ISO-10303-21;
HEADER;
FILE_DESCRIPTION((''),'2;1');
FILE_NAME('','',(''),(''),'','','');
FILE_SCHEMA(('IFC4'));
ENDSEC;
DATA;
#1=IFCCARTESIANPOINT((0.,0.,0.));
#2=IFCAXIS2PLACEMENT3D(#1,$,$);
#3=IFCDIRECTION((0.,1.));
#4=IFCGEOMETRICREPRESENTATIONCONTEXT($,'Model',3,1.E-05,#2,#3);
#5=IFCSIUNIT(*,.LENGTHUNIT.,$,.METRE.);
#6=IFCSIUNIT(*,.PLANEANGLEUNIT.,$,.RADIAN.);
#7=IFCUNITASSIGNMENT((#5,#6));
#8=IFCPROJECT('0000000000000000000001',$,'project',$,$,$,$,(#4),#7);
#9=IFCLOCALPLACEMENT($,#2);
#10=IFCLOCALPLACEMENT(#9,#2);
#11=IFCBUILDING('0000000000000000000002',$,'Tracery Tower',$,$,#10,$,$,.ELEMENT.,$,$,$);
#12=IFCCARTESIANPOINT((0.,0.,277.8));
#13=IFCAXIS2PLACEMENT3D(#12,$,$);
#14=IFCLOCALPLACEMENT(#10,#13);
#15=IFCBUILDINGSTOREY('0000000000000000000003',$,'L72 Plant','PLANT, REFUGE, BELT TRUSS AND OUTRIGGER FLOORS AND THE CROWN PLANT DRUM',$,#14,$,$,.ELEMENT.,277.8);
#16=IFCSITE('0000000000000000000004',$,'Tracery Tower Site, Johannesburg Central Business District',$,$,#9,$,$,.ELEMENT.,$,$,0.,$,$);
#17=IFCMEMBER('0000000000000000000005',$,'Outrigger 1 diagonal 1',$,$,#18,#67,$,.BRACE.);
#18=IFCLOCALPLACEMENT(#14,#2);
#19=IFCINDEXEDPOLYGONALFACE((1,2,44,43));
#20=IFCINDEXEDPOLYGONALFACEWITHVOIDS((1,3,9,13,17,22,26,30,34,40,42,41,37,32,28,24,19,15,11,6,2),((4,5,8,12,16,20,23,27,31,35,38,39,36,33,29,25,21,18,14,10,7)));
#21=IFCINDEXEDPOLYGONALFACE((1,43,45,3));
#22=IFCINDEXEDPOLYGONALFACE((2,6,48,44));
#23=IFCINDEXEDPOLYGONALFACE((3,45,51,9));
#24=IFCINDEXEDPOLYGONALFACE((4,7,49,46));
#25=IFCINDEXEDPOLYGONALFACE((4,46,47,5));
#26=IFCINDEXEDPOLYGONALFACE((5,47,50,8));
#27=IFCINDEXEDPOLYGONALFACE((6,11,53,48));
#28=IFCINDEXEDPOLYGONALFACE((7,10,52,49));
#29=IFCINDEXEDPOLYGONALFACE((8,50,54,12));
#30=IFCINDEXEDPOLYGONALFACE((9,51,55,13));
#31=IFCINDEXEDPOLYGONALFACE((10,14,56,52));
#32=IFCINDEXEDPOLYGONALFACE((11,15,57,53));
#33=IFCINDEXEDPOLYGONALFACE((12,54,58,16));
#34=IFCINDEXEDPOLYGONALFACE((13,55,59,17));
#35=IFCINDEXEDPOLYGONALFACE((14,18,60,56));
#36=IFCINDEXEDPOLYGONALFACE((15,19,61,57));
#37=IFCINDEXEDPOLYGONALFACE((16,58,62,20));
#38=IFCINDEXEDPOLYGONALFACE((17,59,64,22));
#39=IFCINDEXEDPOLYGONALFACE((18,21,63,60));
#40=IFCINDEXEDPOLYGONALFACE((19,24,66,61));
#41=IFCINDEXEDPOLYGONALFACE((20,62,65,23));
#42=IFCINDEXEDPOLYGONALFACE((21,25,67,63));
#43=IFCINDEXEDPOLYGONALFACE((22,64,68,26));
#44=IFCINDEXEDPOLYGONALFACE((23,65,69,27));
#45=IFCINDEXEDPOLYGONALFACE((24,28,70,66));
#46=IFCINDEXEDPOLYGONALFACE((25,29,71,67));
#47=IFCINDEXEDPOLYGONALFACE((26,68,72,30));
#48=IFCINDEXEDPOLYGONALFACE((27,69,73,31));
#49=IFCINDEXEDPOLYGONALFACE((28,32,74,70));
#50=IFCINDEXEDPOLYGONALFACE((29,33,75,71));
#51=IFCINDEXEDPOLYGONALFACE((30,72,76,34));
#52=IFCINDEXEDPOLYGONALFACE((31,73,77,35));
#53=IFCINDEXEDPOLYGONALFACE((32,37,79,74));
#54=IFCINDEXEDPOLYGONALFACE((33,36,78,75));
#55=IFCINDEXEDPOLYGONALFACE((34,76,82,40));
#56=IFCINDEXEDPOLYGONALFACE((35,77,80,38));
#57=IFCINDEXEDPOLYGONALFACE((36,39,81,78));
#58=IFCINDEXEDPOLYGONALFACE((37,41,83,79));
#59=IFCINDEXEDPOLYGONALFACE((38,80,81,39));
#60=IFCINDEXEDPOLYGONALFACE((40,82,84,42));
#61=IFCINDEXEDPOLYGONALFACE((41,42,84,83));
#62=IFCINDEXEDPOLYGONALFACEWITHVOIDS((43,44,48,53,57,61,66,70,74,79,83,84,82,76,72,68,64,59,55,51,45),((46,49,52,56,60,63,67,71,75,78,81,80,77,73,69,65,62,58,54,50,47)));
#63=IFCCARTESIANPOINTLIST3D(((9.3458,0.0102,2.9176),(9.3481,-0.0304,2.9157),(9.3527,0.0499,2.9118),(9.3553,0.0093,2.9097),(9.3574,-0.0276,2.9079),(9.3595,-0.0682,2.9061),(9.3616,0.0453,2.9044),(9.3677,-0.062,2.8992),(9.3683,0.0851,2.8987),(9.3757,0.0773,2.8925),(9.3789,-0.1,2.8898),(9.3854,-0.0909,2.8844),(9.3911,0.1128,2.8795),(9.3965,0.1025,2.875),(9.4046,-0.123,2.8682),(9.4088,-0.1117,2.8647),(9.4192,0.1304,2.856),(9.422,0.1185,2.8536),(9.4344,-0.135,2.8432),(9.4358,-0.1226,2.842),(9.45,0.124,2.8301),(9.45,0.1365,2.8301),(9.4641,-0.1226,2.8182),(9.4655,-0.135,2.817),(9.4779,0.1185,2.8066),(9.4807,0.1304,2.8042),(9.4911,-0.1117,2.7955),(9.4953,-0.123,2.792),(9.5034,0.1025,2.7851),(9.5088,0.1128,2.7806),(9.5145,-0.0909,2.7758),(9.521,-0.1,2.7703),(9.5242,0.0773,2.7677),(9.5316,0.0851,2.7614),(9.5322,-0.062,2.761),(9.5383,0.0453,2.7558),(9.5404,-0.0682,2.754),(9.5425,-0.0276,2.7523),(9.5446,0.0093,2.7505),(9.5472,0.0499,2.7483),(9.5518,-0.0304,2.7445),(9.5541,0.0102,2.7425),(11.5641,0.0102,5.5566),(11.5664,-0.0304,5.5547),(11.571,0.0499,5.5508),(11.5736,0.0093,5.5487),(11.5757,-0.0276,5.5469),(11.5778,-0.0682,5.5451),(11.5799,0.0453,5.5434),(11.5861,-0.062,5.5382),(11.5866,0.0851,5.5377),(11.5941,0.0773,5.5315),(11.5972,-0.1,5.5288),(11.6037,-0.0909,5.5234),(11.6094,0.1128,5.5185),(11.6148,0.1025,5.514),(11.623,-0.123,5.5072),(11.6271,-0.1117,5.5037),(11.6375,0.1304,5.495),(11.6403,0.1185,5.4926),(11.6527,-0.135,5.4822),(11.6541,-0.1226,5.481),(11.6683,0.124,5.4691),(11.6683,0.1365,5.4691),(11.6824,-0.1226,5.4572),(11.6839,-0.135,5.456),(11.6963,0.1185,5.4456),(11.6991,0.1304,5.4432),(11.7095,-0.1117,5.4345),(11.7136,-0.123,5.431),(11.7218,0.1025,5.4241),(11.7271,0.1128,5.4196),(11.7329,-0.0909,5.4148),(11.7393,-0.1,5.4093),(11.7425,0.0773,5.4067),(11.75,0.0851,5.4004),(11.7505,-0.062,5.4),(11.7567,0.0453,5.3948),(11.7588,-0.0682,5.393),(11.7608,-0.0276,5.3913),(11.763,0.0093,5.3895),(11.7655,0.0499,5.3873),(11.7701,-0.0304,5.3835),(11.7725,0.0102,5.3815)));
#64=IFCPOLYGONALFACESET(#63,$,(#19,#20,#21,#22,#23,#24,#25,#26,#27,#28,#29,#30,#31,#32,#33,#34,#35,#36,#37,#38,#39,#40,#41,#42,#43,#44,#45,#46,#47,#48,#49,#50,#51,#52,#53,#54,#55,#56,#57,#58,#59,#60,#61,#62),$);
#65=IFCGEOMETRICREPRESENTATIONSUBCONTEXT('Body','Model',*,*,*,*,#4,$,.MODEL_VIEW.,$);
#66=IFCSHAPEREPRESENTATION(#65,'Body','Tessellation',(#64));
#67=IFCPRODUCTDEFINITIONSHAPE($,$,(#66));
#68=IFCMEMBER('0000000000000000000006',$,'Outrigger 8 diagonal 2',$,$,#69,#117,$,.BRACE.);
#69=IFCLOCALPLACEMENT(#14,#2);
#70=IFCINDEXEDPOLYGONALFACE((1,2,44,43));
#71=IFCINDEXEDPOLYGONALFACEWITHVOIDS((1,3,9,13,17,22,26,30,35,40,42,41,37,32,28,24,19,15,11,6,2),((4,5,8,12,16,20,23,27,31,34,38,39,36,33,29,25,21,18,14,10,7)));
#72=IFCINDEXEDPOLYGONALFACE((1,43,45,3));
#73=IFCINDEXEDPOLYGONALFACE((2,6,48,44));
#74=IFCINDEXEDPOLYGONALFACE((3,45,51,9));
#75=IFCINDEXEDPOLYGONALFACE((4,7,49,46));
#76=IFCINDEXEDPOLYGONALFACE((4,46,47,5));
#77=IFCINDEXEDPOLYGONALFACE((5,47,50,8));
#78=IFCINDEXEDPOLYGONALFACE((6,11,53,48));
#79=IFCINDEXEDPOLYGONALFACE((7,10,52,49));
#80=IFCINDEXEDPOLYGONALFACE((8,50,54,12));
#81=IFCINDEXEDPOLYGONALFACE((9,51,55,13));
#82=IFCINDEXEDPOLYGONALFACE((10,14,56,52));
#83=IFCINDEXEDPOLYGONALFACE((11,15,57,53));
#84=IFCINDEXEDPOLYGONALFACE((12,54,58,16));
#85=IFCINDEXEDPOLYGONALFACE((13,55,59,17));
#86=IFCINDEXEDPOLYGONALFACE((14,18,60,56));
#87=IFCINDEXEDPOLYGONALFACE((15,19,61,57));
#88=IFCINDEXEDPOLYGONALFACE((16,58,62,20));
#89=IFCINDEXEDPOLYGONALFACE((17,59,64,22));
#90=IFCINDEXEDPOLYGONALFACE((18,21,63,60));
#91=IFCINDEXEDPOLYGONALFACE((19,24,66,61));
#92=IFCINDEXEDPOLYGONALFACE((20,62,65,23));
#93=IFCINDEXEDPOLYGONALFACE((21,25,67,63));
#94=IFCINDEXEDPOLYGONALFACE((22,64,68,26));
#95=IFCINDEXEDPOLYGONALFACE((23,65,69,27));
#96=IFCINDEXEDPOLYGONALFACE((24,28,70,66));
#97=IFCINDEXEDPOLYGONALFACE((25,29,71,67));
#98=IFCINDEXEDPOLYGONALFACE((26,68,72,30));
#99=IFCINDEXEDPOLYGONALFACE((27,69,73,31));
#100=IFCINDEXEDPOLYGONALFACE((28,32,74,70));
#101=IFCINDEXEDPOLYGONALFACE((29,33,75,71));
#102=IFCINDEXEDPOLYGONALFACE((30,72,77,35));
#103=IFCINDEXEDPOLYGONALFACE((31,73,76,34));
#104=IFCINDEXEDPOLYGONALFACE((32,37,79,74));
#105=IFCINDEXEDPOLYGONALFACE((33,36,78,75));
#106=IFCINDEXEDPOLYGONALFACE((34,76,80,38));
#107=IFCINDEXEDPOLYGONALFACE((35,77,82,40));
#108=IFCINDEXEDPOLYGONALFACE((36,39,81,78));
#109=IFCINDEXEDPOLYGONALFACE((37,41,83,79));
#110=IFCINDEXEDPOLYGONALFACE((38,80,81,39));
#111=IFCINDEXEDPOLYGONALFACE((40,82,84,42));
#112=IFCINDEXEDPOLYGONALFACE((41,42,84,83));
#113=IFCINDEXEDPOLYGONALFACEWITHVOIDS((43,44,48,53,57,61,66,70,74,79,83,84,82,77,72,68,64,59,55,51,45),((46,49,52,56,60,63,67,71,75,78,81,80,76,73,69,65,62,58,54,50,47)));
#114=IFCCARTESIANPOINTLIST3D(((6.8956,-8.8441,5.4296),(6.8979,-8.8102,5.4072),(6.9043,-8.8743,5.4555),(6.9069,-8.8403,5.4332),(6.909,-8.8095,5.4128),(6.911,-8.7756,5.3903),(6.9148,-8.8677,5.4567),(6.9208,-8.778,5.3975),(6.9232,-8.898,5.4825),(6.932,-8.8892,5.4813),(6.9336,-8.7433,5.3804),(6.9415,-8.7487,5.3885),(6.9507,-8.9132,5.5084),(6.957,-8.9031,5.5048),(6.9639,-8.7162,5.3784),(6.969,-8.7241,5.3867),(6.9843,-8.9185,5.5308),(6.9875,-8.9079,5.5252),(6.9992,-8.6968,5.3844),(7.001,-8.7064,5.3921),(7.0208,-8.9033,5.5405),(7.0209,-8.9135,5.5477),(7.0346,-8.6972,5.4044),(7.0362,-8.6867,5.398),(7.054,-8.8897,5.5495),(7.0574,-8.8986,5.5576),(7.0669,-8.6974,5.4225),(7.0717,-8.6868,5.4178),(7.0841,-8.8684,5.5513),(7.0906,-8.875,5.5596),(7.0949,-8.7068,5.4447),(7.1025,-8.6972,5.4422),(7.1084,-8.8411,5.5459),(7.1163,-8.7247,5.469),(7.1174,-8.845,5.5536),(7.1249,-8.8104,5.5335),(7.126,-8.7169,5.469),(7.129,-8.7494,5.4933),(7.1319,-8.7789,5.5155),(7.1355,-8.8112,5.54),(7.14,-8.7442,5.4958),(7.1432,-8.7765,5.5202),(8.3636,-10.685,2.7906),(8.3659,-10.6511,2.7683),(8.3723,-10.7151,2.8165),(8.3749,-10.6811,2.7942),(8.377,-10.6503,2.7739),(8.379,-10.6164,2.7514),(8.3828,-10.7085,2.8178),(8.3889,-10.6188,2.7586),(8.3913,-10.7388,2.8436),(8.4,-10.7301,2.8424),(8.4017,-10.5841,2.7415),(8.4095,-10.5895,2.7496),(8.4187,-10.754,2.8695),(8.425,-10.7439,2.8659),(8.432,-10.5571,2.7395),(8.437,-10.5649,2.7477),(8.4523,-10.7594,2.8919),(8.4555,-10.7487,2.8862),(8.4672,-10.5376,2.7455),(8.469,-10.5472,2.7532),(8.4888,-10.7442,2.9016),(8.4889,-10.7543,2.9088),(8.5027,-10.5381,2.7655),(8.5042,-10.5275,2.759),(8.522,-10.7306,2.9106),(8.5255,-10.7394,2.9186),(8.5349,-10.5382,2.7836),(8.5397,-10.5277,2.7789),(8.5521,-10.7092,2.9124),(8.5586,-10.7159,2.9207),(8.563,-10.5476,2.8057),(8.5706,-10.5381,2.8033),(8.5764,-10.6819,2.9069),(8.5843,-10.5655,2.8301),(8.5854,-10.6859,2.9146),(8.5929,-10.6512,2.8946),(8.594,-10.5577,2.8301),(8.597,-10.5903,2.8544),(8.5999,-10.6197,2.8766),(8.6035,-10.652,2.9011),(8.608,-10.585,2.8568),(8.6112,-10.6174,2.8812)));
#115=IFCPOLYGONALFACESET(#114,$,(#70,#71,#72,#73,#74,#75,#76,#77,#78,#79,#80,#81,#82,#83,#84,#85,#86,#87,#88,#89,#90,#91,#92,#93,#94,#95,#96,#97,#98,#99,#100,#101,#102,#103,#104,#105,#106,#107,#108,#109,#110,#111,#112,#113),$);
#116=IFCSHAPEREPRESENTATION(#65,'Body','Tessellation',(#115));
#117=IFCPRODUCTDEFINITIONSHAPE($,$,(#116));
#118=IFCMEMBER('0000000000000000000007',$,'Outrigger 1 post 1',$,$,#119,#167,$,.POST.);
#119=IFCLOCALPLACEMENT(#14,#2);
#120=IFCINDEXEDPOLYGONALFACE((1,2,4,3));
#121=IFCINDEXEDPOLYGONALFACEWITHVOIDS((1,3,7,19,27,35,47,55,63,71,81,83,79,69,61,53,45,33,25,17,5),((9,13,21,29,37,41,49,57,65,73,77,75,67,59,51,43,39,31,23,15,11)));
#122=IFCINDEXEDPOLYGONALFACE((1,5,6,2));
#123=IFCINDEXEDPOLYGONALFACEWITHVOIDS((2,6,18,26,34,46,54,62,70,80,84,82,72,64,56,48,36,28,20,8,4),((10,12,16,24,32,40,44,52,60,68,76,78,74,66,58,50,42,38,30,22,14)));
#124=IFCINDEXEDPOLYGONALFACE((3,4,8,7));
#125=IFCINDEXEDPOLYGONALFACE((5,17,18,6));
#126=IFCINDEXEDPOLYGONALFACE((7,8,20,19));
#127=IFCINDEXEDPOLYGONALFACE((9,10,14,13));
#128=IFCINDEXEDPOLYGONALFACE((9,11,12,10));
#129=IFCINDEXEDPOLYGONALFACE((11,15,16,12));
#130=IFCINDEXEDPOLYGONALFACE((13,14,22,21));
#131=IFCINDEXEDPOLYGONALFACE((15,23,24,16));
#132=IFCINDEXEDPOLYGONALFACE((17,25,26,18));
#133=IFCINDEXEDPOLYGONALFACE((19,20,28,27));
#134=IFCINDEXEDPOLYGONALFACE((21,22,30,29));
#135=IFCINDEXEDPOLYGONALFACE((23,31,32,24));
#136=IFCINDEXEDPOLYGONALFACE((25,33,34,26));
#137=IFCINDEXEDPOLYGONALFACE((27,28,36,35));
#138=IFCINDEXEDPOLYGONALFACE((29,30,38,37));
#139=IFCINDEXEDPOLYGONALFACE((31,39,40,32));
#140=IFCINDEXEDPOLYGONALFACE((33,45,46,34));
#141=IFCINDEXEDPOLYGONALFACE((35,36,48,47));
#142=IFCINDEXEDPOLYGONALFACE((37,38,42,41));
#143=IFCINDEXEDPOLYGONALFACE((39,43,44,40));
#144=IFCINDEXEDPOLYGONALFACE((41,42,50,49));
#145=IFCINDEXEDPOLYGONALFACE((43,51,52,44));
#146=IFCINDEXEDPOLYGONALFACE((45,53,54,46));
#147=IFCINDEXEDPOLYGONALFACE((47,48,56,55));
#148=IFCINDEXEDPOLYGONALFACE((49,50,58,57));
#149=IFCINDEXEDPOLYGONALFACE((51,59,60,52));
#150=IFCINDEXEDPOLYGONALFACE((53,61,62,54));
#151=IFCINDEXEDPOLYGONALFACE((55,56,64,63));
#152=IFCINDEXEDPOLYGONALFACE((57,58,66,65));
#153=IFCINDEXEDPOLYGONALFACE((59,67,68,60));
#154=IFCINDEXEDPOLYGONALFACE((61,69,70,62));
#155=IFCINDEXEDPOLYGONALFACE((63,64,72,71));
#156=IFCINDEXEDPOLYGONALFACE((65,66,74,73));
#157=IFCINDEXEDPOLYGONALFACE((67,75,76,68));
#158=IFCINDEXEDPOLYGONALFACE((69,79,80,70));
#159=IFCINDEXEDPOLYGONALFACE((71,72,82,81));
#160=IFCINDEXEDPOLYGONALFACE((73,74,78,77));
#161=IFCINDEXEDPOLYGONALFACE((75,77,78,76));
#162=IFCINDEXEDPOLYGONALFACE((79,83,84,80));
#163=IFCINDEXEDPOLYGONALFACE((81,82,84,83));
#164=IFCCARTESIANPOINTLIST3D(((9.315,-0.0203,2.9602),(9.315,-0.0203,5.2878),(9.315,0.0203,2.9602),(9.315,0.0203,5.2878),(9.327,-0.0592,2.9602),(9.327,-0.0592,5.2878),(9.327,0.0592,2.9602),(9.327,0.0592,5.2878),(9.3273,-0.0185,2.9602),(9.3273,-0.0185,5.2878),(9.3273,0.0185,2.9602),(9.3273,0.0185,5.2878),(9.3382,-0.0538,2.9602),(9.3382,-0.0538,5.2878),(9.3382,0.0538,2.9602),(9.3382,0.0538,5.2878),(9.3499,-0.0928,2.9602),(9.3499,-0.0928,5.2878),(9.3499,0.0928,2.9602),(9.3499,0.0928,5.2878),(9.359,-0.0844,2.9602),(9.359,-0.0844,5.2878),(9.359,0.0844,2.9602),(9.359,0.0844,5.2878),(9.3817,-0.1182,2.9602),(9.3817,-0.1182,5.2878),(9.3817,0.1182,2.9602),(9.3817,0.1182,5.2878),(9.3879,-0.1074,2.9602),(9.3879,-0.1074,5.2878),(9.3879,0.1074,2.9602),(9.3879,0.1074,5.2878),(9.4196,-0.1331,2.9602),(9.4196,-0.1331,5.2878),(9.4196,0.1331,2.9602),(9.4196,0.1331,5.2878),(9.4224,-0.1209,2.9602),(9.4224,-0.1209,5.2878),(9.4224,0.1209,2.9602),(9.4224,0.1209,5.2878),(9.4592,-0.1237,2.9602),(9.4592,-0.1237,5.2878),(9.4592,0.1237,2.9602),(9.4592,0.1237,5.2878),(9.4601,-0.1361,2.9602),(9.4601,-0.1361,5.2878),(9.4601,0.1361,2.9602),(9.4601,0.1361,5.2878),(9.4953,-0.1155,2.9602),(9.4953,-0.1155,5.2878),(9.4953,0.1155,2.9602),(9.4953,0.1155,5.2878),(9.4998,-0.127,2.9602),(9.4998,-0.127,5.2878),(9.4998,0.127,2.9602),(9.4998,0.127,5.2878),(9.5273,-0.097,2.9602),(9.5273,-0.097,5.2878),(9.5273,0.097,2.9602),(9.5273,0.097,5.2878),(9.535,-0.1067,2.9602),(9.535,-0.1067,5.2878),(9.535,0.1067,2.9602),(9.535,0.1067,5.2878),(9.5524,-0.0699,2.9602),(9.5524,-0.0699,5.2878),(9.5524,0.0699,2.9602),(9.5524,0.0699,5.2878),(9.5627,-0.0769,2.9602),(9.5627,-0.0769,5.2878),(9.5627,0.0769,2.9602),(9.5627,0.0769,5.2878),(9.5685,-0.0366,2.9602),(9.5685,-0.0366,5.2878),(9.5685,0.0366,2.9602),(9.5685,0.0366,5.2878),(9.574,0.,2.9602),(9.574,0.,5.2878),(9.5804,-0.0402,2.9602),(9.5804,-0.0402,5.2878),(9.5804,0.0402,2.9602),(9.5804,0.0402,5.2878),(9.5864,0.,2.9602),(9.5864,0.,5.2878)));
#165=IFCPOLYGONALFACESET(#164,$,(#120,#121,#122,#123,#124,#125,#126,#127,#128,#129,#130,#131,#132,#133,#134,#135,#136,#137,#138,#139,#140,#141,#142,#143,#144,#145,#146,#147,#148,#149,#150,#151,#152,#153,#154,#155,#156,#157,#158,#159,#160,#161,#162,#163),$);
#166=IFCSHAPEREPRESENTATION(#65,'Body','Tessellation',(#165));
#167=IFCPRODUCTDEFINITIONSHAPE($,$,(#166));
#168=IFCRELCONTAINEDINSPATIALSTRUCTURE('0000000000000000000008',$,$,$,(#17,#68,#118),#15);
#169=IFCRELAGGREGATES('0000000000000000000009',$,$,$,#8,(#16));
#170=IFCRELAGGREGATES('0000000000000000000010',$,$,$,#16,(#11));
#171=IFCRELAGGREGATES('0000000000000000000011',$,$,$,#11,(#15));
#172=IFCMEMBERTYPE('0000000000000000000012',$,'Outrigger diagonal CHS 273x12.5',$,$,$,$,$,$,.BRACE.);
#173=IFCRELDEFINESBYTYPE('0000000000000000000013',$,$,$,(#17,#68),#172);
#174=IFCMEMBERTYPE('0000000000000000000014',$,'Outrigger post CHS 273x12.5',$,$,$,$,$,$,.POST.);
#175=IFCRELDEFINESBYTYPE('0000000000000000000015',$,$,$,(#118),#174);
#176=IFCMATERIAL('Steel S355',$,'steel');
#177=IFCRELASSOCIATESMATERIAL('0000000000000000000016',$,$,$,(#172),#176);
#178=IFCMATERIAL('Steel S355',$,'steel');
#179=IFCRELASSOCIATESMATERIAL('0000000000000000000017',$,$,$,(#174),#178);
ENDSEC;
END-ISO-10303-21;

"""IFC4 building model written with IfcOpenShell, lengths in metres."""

from ifc_helpers import new_model, si_unit, direction, frame, origin, origin_2d, place, context, subcontext, project, spatial, hollow_circle, extrude, material, material_profile, profile_set, type_object, element, save


model = new_model("IFC4")

# Units and contexts
model_context = context("Model", 3, precision=1e-05, world=origin(), true_north=direction((0.0, 1.0)))
body_context = subcontext(model_context, "Body", "Model", "MODEL_VIEW")
ifc_project = project(units=[si_unit("LENGTHUNIT", "METRE"), si_unit("PLANEANGLEUNIT", "RADIAN")], contexts=[model_context])

# Site, building, storey
site_placement = place(None, origin())
site = spatial("IfcSite", under=ifc_project, at=site_placement, Name="Tracery Tower Site, Johannesburg Central Business District", CompositionType="ELEMENT", RefElevation=0.0)
building_placement = place(site_placement, origin())
building = spatial("IfcBuilding", under=site, at=building_placement, Name="Tracery Tower", CompositionType="ELEMENT")
storey_placement = place(building_placement, frame((0.0, 0.0, 277.8)))
storey = spatial("IfcBuildingStorey", under=building, at=storey_placement, Name="L72 Plant", Description="PLANT, REFUGE, BELT TRUSS AND OUTRIGGER FLOORS AND THE CROWN PLANT DRUM", CompositionType="ELEMENT", Elevation=277.8)

# Members
ifc_material_1 = material(Name="Steel S355", Category="steel")
ifc_material_profile_1 = material_profile(ifc_material_1, hollow_circle(Radius=0.1365, WallThickness=0.0125, at=origin_2d()), Name="CHS 273x12.5")
ifc_profile_set_1 = profile_set([ifc_material_profile_1], Name="Steel S355")
member_type_1 = type_object("IfcMemberType", Name="Outrigger diagonal CHS 273x12.5", PredefinedType="BRACE", material=ifc_profile_set_1)
member_1_placement = place(storey_placement, frame((9.45, 0.0, 2.8301), z_axis=(0.643459, 0.0, 0.76548), x_axis=(0.0, 1.0, 0.0)))
element("IfcMember", 1, at=member_1_placement, inside=storey, type_object=member_type_1, Name="Outrigger 1 diagonal 1", PredefinedType="BRACE", context=body_context, shape_type="SweptSolid", body=[
    extrude(hollow_circle(Radius=0.1365, WallThickness=0.0125, at=origin_2d()), origin(), (0.0, 0.0, 1.0), 3.4475),
])
member_2_placement = place(storey_placement, frame((7.0193, -8.802, 5.469), z_axis=(0.415092, -0.520505, -0.746172), x_axis=(0.781829, 0.623493, 0.0)))
element("IfcMember", 2, at=member_2_placement, inside=storey, type_object=member_type_1, Name="Outrigger 8 diagonal 2", PredefinedType="BRACE", context=body_context, shape_type="SweptSolid", body=[
    extrude(hollow_circle(Radius=0.1365, WallThickness=0.0125, at=origin_2d()), origin(), (0.0, 0.0, 1.0), 3.5366),
])
ifc_material_2 = material(Name="Steel S355", Category="steel")
ifc_material_profile_2 = material_profile(ifc_material_2, hollow_circle(Radius=0.1365, WallThickness=0.0125, at=origin_2d()), Name="CHS 273x12.5")
ifc_profile_set_2 = profile_set([ifc_material_profile_2], Name="Steel S355")
member_type_2 = type_object("IfcMemberType", Name="Outrigger post CHS 273x12.5", PredefinedType="POST", material=ifc_profile_set_2)
for number, where, z_axis, x_axis, name in (
    (3, (9.45, 0.0, 2.9602), (0.0, 0.0, 1.0), (1.0, 0.0, 0.0), "Outrigger 1 post 1"),
):
    element("IfcMember", number, at=place(storey_placement, frame(where, z_axis=z_axis, x_axis=x_axis)), inside=storey, type_object=member_type_2, Name=name, PredefinedType="POST", context=body_context, shape_type="SweptSolid", body=[
        extrude(hollow_circle(Radius=0.1365, WallThickness=0.0125, at=origin_2d()), origin(), (0.0, 0.0, 1.0), 2.3276),
    ])

save(model, "model.ifc")
